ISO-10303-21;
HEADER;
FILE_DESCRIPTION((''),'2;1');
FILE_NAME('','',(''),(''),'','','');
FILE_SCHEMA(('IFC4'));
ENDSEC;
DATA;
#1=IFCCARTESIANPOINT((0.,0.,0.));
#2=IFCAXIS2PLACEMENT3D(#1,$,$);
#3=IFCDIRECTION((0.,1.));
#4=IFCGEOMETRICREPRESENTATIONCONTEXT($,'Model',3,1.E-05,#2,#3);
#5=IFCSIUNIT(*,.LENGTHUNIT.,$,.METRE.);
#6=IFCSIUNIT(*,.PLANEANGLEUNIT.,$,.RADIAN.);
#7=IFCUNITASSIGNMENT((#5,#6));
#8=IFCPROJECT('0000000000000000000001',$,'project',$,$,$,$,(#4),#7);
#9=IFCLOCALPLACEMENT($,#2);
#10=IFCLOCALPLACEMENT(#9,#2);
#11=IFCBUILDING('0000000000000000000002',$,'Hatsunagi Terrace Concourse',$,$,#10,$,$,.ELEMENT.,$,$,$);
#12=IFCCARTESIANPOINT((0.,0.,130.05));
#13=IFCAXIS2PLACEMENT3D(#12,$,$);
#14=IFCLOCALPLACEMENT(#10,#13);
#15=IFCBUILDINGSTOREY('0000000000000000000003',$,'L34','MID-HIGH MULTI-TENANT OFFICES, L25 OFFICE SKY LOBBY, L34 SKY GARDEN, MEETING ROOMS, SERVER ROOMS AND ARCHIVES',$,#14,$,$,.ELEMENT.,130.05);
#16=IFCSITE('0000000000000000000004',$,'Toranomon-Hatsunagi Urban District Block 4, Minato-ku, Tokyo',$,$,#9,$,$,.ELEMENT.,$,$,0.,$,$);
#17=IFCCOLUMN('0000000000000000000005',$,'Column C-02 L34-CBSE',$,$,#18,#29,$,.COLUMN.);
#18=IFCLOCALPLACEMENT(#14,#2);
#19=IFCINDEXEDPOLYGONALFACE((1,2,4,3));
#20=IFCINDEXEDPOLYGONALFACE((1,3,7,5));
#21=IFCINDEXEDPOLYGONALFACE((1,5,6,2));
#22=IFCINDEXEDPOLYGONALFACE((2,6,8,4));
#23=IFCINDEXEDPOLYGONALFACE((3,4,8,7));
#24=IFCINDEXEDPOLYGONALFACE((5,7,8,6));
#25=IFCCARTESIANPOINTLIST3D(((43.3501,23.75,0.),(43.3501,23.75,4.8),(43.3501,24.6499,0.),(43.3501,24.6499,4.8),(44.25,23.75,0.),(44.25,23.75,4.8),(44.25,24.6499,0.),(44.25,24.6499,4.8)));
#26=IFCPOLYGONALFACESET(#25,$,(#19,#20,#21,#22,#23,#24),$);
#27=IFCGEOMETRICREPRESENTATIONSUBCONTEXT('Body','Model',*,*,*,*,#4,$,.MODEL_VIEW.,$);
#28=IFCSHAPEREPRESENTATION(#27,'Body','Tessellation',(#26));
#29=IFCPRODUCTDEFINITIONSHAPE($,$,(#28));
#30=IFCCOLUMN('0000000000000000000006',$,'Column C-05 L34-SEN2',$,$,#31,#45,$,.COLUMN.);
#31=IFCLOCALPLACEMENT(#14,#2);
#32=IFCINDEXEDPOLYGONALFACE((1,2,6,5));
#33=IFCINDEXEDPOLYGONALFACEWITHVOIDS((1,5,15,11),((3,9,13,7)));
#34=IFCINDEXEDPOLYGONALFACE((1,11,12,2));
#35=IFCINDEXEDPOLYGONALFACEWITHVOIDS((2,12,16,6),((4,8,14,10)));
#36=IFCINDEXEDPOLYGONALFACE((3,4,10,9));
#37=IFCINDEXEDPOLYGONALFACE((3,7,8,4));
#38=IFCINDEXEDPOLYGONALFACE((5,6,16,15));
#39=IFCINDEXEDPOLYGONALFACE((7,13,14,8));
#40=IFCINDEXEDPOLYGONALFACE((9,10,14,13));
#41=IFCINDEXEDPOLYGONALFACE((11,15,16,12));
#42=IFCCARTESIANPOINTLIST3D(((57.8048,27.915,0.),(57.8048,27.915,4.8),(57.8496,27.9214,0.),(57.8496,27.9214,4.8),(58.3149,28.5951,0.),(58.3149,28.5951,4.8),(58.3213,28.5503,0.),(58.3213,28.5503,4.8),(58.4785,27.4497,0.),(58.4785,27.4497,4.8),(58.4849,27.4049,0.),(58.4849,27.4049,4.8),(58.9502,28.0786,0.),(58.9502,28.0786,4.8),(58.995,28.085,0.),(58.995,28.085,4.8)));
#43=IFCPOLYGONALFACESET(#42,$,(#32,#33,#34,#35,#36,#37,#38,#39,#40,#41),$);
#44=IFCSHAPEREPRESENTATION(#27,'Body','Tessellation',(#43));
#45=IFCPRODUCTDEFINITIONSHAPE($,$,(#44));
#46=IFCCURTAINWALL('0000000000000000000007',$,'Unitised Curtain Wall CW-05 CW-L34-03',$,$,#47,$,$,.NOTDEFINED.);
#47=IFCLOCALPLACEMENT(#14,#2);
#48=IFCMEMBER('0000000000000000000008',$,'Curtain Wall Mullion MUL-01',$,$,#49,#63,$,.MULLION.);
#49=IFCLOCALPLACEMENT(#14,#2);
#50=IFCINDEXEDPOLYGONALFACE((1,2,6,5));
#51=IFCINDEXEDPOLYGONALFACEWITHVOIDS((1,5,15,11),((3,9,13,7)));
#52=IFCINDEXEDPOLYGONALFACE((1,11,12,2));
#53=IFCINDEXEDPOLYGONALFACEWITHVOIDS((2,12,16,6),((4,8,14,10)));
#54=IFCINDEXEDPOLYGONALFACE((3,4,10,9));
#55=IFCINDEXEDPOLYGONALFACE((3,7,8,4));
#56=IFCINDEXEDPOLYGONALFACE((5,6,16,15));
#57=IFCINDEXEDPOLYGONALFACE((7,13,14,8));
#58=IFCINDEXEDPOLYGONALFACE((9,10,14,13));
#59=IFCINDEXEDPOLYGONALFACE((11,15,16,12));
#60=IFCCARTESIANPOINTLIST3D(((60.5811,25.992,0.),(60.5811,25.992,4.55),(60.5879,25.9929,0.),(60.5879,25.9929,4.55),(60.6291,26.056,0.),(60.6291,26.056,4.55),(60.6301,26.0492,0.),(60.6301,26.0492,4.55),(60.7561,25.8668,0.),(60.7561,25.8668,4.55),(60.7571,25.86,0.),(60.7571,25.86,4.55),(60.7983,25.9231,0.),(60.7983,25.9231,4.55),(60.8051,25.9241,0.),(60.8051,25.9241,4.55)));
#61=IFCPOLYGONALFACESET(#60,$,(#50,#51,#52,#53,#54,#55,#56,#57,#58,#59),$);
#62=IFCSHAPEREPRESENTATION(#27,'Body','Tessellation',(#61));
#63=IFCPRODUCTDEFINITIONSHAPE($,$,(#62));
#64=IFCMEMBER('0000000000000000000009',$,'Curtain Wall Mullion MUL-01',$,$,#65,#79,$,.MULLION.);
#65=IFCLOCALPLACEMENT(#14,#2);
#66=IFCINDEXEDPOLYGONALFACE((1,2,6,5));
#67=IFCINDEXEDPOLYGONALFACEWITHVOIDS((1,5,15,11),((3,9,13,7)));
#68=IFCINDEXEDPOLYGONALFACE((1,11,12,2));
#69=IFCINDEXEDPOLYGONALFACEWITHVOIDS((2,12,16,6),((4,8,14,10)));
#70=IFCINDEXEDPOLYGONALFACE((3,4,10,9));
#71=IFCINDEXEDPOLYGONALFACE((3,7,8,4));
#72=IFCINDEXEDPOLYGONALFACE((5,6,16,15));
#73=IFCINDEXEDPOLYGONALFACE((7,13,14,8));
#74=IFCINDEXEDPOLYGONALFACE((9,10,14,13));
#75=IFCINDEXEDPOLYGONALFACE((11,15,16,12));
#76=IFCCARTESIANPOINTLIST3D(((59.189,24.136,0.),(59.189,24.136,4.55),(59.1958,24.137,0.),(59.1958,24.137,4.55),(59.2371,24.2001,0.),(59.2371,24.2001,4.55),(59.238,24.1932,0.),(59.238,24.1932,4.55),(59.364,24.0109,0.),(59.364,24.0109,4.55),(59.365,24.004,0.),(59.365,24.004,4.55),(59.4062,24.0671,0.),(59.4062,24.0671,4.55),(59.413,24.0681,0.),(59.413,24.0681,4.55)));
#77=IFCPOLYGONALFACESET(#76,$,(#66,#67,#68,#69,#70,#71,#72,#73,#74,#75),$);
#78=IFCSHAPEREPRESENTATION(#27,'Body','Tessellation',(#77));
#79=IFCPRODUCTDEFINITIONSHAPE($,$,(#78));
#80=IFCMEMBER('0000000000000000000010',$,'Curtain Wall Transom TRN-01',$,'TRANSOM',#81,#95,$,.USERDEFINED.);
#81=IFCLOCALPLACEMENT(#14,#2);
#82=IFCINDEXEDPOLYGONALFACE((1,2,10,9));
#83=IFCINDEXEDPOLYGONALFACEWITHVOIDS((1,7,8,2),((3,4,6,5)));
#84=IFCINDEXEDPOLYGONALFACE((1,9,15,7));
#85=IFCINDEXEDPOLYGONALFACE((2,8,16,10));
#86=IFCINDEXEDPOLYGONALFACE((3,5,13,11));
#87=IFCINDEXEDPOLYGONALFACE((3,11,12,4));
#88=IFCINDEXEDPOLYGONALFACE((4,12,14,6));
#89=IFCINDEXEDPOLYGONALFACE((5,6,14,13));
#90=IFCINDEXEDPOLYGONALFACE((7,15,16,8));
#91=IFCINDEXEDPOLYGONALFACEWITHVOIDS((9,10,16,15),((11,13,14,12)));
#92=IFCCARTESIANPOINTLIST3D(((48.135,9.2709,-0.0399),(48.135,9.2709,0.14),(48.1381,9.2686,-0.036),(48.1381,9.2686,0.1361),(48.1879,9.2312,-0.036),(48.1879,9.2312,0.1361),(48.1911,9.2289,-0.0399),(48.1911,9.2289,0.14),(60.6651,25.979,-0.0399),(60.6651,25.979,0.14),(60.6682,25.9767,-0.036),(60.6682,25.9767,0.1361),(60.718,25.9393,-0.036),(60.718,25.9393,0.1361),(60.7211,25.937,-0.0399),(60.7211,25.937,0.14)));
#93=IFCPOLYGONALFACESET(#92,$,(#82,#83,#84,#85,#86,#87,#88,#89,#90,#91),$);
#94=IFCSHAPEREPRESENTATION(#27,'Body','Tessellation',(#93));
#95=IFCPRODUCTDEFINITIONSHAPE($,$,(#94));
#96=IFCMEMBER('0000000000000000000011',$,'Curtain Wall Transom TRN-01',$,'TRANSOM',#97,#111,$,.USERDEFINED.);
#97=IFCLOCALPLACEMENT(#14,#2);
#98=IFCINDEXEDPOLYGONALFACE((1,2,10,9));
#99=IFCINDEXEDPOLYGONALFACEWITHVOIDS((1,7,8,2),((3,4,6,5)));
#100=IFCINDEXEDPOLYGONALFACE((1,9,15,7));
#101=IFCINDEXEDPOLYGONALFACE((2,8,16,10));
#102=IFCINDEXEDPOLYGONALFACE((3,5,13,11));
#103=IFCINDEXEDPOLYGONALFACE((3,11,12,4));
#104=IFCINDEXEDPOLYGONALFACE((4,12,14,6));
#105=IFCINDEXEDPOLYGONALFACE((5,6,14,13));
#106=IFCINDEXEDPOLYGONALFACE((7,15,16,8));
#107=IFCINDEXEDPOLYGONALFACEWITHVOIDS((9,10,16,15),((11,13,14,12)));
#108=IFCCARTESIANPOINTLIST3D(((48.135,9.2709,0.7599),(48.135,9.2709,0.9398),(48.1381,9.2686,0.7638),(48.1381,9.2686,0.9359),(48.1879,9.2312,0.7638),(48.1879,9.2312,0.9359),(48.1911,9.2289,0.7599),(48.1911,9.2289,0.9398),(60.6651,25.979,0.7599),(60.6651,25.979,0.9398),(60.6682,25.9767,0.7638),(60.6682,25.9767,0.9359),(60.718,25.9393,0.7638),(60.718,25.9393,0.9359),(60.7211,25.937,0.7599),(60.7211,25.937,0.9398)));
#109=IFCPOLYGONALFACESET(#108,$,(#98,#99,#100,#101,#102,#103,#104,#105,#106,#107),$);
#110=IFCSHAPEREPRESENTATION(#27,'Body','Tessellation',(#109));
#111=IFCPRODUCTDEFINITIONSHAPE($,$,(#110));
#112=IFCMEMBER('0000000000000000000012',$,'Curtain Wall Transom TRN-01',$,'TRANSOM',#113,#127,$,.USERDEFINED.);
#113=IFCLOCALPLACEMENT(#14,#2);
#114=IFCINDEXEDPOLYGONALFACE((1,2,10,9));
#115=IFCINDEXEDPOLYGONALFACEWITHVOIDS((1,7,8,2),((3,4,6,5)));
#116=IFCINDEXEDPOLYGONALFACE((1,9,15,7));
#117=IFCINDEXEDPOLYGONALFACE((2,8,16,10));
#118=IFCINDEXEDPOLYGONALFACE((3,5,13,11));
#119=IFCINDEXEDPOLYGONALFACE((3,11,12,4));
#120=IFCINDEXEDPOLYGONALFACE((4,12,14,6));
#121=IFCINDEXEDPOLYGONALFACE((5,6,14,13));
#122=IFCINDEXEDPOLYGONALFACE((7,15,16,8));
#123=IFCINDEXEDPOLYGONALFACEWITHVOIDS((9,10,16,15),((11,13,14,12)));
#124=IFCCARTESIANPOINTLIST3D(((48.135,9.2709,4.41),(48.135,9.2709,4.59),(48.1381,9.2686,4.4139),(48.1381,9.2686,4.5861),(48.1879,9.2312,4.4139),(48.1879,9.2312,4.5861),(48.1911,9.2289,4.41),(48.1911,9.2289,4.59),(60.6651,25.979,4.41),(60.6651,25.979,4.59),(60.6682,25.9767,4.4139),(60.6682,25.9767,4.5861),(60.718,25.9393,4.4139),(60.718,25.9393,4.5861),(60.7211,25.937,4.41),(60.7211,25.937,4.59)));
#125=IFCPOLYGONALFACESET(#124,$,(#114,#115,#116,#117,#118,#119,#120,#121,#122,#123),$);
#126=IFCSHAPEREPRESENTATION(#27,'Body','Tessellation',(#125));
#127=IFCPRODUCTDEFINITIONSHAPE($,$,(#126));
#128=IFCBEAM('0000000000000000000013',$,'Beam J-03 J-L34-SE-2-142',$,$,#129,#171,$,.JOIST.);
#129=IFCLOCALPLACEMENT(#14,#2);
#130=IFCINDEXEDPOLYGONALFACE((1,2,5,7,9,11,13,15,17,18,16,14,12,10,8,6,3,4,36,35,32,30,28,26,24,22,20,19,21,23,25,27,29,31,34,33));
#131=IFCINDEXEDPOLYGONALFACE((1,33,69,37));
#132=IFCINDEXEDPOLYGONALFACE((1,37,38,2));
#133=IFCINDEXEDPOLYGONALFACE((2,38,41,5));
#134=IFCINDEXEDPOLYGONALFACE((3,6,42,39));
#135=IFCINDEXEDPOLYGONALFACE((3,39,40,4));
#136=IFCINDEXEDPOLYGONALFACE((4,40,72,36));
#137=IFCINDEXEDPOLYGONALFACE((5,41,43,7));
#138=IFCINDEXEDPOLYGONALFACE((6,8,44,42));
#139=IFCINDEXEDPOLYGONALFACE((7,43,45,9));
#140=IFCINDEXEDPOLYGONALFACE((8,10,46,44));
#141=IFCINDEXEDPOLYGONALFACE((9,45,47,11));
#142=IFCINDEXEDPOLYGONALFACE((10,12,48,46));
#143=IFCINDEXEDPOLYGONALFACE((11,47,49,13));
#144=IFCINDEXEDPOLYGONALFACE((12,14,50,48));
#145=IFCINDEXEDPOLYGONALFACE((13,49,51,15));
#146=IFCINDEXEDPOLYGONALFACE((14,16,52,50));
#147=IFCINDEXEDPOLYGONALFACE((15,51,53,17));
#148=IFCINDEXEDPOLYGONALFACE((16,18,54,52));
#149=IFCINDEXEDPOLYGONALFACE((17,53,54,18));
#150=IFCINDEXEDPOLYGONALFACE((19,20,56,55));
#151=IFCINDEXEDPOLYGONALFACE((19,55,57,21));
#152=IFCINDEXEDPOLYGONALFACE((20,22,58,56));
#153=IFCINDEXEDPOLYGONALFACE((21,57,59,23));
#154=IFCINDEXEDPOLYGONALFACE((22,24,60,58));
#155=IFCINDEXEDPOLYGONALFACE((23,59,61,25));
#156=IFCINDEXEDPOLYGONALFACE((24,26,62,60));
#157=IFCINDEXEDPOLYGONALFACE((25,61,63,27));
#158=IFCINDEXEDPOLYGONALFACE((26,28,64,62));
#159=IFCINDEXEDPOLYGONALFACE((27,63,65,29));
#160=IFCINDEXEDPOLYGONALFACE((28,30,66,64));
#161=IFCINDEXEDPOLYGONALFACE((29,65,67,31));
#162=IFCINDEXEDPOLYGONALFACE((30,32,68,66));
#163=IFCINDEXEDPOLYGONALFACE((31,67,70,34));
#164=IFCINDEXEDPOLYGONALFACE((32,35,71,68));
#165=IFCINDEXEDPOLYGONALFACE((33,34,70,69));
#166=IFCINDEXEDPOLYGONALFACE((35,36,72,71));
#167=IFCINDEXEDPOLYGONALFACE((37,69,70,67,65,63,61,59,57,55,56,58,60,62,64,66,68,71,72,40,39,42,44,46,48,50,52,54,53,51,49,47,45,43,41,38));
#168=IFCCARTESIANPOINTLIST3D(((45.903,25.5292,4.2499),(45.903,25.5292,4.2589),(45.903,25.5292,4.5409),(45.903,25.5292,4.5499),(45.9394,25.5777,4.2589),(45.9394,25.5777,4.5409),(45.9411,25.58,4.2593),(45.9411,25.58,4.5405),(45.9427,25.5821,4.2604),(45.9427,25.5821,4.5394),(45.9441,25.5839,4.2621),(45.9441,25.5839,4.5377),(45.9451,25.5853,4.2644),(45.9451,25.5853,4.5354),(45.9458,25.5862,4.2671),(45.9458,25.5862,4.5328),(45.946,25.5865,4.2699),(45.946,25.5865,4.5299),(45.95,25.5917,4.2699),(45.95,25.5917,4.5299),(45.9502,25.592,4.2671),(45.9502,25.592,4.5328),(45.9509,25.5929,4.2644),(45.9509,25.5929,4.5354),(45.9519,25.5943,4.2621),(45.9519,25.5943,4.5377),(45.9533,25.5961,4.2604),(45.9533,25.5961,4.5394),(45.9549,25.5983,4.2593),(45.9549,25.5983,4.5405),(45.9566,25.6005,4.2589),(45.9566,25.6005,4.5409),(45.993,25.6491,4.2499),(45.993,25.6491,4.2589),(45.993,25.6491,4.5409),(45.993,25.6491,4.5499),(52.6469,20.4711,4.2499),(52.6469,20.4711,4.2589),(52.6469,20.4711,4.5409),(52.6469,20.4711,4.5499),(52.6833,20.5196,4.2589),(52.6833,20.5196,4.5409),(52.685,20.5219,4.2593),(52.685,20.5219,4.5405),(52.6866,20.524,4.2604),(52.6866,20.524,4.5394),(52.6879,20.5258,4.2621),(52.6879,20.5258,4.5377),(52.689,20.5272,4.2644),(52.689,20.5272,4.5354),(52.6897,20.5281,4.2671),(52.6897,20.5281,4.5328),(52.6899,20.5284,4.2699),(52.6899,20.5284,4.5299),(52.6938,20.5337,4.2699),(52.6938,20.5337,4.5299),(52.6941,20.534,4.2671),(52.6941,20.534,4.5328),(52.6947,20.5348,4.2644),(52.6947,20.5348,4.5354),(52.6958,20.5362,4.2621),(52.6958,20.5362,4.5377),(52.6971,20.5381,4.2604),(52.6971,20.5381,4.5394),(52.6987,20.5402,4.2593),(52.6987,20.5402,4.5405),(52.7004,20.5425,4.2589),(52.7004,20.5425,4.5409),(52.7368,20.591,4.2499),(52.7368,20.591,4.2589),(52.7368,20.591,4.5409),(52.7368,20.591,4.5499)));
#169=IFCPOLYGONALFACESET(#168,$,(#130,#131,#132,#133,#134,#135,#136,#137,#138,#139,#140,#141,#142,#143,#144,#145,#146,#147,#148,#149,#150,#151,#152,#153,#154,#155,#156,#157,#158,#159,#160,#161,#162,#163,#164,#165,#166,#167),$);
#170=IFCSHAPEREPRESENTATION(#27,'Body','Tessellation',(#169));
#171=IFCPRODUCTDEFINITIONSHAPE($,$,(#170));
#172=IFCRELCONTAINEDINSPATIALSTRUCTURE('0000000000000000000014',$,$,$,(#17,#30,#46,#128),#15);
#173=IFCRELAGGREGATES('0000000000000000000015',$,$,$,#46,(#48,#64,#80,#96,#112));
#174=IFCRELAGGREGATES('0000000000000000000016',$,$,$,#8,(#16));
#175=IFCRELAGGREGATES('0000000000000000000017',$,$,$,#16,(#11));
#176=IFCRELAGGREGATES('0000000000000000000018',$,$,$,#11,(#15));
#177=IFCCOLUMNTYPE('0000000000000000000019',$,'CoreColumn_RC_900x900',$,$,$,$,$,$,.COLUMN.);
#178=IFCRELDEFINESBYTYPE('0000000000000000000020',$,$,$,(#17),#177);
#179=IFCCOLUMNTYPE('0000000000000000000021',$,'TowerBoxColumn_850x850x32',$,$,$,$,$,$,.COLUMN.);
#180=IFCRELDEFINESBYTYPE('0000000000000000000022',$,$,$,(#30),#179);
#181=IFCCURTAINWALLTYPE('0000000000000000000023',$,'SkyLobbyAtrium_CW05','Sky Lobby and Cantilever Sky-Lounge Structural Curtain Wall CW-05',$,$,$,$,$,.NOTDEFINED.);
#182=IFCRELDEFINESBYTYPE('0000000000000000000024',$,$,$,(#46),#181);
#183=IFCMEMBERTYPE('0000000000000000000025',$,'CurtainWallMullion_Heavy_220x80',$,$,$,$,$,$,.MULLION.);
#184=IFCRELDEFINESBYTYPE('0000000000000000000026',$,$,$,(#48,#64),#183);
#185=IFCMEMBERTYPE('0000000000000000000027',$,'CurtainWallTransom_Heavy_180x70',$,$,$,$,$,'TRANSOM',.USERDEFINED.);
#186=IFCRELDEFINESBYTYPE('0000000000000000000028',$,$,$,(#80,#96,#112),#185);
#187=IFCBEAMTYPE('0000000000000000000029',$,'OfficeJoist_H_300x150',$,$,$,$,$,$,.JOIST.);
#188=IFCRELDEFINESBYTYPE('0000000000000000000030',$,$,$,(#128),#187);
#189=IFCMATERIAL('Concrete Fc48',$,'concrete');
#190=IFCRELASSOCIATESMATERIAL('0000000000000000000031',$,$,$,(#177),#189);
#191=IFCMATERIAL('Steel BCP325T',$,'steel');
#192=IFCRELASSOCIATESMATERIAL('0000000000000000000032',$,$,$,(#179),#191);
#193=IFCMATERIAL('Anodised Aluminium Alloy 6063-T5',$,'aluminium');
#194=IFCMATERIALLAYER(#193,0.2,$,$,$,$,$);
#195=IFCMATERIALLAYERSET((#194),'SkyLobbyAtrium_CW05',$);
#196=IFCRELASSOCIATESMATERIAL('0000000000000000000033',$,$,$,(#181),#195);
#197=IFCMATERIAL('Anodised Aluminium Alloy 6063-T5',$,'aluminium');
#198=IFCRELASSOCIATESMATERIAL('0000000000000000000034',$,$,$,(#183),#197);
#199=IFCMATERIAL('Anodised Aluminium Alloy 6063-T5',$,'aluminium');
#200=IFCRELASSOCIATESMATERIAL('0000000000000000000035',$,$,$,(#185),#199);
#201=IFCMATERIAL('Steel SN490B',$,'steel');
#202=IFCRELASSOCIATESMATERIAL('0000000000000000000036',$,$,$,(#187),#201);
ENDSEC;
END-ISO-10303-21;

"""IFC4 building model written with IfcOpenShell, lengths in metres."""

from ifc_helpers import new_model, si_unit, direction, frame, origin, origin_2d, place, context, subcontext, project, spatial, rectangle, hollow_rectangle, i_section, extrude, material, layer, layer_set, material_profile, profile_set, type_object, element, aggregate, save


model = new_model("IFC4")

# Units and contexts
model_context = context("Model", 3, precision=1e-05, world=origin(), true_north=direction((0.0, 1.0)))
body_context = subcontext(model_context, "Body", "Model", "MODEL_VIEW")
ifc_project = project(units=[si_unit("LENGTHUNIT", "METRE"), si_unit("PLANEANGLEUNIT", "RADIAN")], contexts=[model_context])

# Site, building, storey
site_placement = place(None, origin())
site = spatial("IfcSite", under=ifc_project, at=site_placement, Name="Toranomon-Hatsunagi Urban District Block 4, Minato-ku, Tokyo", CompositionType="ELEMENT", RefElevation=0.0)
building_placement = place(site_placement, origin())
building = spatial("IfcBuilding", under=site, at=building_placement, Name="Hatsunagi Terrace Concourse", CompositionType="ELEMENT")
storey_placement = place(building_placement, frame((0.0, 0.0, 130.05)))
storey = spatial("IfcBuildingStorey", under=building, at=storey_placement, Name="L34", Description="MID-HIGH MULTI-TENANT OFFICES, L25 OFFICE SKY LOBBY, L34 SKY GARDEN, MEETING ROOMS, SERVER ROOMS AND ARCHIVES", CompositionType="ELEMENT", Elevation=130.05)

# Columns
ifc_material_1 = material(Name="Concrete Fc48", Category="concrete")
ifc_material_profile_1 = material_profile(ifc_material_1, rectangle(XDim=0.8999, YDim=0.8999, at=origin_2d()), Name="RC-900x900")
ifc_profile_set_1 = profile_set([ifc_material_profile_1], Name="Concrete Fc48")
column_type_1 = type_object("IfcColumnType", Name="CoreColumn_RC_900x900", PredefinedType="COLUMN", material=ifc_profile_set_1)
column_1_placement = place(storey_placement, frame((43.8, 24.2, 0.0), z_axis=(0.0, 0.0, 1.0), x_axis=(1.0, 0.0, 0.0)))
element("IfcColumn", 1, at=column_1_placement, inside=storey, type_object=column_type_1, Name="Column C-02 L34-CBSE", PredefinedType="COLUMN", context=body_context, shape_type="SweptSolid", body=[
    extrude(rectangle(XDim=0.8999, YDim=0.8999, at=origin_2d()), origin(), (0.0, 0.0, 1.0), 4.8),
])
ifc_material_2 = material(Name="Steel BCP325T", Category="steel")
ifc_material_profile_2 = material_profile(ifc_material_2, hollow_rectangle(XDim=0.8501, YDim=0.8501, WallThickness=0.032, at=origin_2d()), Name="BCP-850x850x32")
ifc_profile_set_2 = profile_set([ifc_material_profile_2], Name="Steel BCP325T")
column_type_2 = type_object("IfcColumnType", Name="TowerBoxColumn_850x850x32", PredefinedType="COLUMN", material=ifc_profile_set_2)
column_2_placement = place(storey_placement, frame((58.3999, 28.0, 0.0), z_axis=(0.0, 0.0, 1.0), x_axis=(0.8, -0.6, 0.0)))
element("IfcColumn", 2, at=column_2_placement, inside=storey, type_object=column_type_2, Name="Column C-05 L34-SEN2", PredefinedType="COLUMN", context=body_context, shape_type="SweptSolid", body=[
    extrude(hollow_rectangle(XDim=0.8501, YDim=0.8501, WallThickness=0.032, at=origin_2d()), origin(), (0.0, 0.0, 1.0), 4.8),
])

# Curtain wall, members
ifc_material_3 = material(Name="Anodised Aluminium Alloy 6063-T5", Category="aluminium")
ifc_layer_1 = layer(ifc_material_3, 0.2)
ifc_layer_set_1 = layer_set([ifc_layer_1], Name="SkyLobbyAtrium_CW05")
curtain_wall_type = type_object("IfcCurtainWallType", Name="SkyLobbyAtrium_CW05", Description="Sky Lobby and Cantilever Sky-Lounge Structural Curtain Wall CW-05", PredefinedType="NOTDEFINED", material=ifc_layer_set_1)
curtain_wall_placement = place(storey_placement, origin())
curtain_wall = element("IfcCurtainWall", 3, at=curtain_wall_placement, inside=storey, type_object=curtain_wall_type, Name="Unitised Curtain Wall CW-05 CW-L34-03", PredefinedType="NOTDEFINED")
ifc_material_4 = material(Name="Anodised Aluminium Alloy 6063-T5", Category="aluminium")
ifc_material_profile_3 = material_profile(ifc_material_4, hollow_rectangle(XDim=0.0801, YDim=0.22, WallThickness=0.0049, at=origin_2d()), Name="ALU-MUL-220x80x5")
ifc_profile_set_3 = profile_set([ifc_material_profile_3], Name="Anodised Aluminium Alloy 6063-T5")
member_type_1 = type_object("IfcMemberType", Name="CurtainWallMullion_Heavy_220x80", PredefinedType="MULLION", material=ifc_profile_set_3)
member_1_placement = place(storey_placement, frame((60.6931, 25.958, 0.0), z_axis=(0.0, 0.0, 1.0), x_axis=(-0.599969, -0.800023, 0.0)))
member_1 = element("IfcMember", 4, at=member_1_placement, type_object=member_type_1, Name="Curtain Wall Mullion MUL-01", PredefinedType="MULLION", context=body_context, shape_type="SweptSolid", body=[
    extrude(hollow_rectangle(XDim=0.0801, YDim=0.22, WallThickness=0.0049, at=origin_2d()), origin(), (0.0, 0.0, 1.0), 4.55),
])
member_2_placement = place(storey_placement, frame((59.301, 24.1021, 0.0), z_axis=(0.0, 0.0, 1.0), x_axis=(-0.599969, -0.800023, 0.0)))
member_2 = element("IfcMember", 5, at=member_2_placement, type_object=member_type_1, Name="Curtain Wall Mullion MUL-01", PredefinedType="MULLION", context=body_context, shape_type="SweptSolid", body=[
    extrude(hollow_rectangle(XDim=0.0801, YDim=0.22, WallThickness=0.0049, at=origin_2d()), origin(), (0.0, 0.0, 1.0), 4.55),
])
ifc_material_5 = material(Name="Anodised Aluminium Alloy 6063-T5", Category="aluminium")
ifc_material_profile_4 = material_profile(ifc_material_5, hollow_rectangle(XDim=0.0701, YDim=0.1799, WallThickness=0.0039, at=origin_2d()), Name="ALU-TRN-180x70x4")
ifc_profile_set_4 = profile_set([ifc_material_profile_4], Name="Anodised Aluminium Alloy 6063-T5")
member_type_2 = type_object("IfcMemberType", Name="CurtainWallTransom_Heavy_180x70", ElementType="TRANSOM", PredefinedType="USERDEFINED", material=ifc_profile_set_4)
member_3_placement = place(storey_placement, frame((60.6931, 25.958, 0.05), z_axis=(-0.59997, -0.800022, 0.0), x_axis=(0.800022, -0.59997, 0.0)))
member_3 = element("IfcMember", 6, at=member_3_placement, type_object=member_type_2, Name="Curtain Wall Transom TRN-01", ObjectType="TRANSOM", PredefinedType="USERDEFINED", context=body_context, shape_type="SweptSolid", body=[
    extrude(hollow_rectangle(XDim=0.0701, YDim=0.1799, WallThickness=0.0039, at=origin_2d()), origin(), (0.0, 0.0, 1.0), 20.8845),
])
member_4_placement = place(storey_placement, frame((60.6931, 25.958, 0.8499), z_axis=(-0.59997, -0.800022, 0.0), x_axis=(0.800022, -0.59997, 0.0)))
member_4 = element("IfcMember", 7, at=member_4_placement, type_object=member_type_2, Name="Curtain Wall Transom TRN-01", ObjectType="TRANSOM", PredefinedType="USERDEFINED", context=body_context, shape_type="SweptSolid", body=[
    extrude(hollow_rectangle(XDim=0.0701, YDim=0.1799, WallThickness=0.0039, at=origin_2d()), origin(), (0.0, 0.0, 1.0), 20.8845),
])
member_5_placement = place(storey_placement, frame((60.6931, 25.958, 4.5), z_axis=(-0.59997, -0.800022, 0.0), x_axis=(0.800022, -0.59997, 0.0)))
member_5 = element("IfcMember", 8, at=member_5_placement, type_object=member_type_2, Name="Curtain Wall Transom TRN-01", ObjectType="TRANSOM", PredefinedType="USERDEFINED", context=body_context, shape_type="SweptSolid", body=[
    extrude(hollow_rectangle(XDim=0.0701, YDim=0.1799, WallThickness=0.0039, at=origin_2d()), origin(), (0.0, 0.0, 1.0), 20.8845),
])

# Beam
ifc_material_6 = material(Name="Steel SN490B", Category="steel")
ifc_material_profile_5 = material_profile(ifc_material_6, i_section(OverallWidth=0.1499, OverallDepth=0.3, WebThickness=0.0066, FlangeThickness=0.009, FilletRadius=0.011, at=origin_2d()), Name="H-300x150x6.5x9")
ifc_profile_set_5 = profile_set([ifc_material_profile_5], Name="Steel SN490B")
beam_type_1 = type_object("IfcBeamType", Name="OfficeJoist_H_300x150", PredefinedType="JOIST", material=ifc_profile_set_5)
for number, where, z_axis, x_axis, name in (
    (9, (45.948, 25.5891, 4.3999), (0.79999, -0.600014, 0.0), (0.600014, 0.79999, 0.0), "Beam J-03 J-L34-SE-2-142"),
):
    element("IfcBeam", number, at=place(storey_placement, frame(where, z_axis=z_axis, x_axis=x_axis)), inside=storey, type_object=beam_type_1, Name=name, PredefinedType="JOIST", context=body_context, shape_type="SweptSolid", body=[
        extrude(i_section(OverallWidth=0.1499, OverallDepth=0.3, WebThickness=0.0066, FlangeThickness=0.009, FilletRadius=0.011, at=origin_2d()), origin(), (0.0, 0.0, 1.0), 8.4299),
    ])

aggregate(curtain_wall, [member_1, member_2, member_3, member_4, member_5])

save(model, "model.ifc")
